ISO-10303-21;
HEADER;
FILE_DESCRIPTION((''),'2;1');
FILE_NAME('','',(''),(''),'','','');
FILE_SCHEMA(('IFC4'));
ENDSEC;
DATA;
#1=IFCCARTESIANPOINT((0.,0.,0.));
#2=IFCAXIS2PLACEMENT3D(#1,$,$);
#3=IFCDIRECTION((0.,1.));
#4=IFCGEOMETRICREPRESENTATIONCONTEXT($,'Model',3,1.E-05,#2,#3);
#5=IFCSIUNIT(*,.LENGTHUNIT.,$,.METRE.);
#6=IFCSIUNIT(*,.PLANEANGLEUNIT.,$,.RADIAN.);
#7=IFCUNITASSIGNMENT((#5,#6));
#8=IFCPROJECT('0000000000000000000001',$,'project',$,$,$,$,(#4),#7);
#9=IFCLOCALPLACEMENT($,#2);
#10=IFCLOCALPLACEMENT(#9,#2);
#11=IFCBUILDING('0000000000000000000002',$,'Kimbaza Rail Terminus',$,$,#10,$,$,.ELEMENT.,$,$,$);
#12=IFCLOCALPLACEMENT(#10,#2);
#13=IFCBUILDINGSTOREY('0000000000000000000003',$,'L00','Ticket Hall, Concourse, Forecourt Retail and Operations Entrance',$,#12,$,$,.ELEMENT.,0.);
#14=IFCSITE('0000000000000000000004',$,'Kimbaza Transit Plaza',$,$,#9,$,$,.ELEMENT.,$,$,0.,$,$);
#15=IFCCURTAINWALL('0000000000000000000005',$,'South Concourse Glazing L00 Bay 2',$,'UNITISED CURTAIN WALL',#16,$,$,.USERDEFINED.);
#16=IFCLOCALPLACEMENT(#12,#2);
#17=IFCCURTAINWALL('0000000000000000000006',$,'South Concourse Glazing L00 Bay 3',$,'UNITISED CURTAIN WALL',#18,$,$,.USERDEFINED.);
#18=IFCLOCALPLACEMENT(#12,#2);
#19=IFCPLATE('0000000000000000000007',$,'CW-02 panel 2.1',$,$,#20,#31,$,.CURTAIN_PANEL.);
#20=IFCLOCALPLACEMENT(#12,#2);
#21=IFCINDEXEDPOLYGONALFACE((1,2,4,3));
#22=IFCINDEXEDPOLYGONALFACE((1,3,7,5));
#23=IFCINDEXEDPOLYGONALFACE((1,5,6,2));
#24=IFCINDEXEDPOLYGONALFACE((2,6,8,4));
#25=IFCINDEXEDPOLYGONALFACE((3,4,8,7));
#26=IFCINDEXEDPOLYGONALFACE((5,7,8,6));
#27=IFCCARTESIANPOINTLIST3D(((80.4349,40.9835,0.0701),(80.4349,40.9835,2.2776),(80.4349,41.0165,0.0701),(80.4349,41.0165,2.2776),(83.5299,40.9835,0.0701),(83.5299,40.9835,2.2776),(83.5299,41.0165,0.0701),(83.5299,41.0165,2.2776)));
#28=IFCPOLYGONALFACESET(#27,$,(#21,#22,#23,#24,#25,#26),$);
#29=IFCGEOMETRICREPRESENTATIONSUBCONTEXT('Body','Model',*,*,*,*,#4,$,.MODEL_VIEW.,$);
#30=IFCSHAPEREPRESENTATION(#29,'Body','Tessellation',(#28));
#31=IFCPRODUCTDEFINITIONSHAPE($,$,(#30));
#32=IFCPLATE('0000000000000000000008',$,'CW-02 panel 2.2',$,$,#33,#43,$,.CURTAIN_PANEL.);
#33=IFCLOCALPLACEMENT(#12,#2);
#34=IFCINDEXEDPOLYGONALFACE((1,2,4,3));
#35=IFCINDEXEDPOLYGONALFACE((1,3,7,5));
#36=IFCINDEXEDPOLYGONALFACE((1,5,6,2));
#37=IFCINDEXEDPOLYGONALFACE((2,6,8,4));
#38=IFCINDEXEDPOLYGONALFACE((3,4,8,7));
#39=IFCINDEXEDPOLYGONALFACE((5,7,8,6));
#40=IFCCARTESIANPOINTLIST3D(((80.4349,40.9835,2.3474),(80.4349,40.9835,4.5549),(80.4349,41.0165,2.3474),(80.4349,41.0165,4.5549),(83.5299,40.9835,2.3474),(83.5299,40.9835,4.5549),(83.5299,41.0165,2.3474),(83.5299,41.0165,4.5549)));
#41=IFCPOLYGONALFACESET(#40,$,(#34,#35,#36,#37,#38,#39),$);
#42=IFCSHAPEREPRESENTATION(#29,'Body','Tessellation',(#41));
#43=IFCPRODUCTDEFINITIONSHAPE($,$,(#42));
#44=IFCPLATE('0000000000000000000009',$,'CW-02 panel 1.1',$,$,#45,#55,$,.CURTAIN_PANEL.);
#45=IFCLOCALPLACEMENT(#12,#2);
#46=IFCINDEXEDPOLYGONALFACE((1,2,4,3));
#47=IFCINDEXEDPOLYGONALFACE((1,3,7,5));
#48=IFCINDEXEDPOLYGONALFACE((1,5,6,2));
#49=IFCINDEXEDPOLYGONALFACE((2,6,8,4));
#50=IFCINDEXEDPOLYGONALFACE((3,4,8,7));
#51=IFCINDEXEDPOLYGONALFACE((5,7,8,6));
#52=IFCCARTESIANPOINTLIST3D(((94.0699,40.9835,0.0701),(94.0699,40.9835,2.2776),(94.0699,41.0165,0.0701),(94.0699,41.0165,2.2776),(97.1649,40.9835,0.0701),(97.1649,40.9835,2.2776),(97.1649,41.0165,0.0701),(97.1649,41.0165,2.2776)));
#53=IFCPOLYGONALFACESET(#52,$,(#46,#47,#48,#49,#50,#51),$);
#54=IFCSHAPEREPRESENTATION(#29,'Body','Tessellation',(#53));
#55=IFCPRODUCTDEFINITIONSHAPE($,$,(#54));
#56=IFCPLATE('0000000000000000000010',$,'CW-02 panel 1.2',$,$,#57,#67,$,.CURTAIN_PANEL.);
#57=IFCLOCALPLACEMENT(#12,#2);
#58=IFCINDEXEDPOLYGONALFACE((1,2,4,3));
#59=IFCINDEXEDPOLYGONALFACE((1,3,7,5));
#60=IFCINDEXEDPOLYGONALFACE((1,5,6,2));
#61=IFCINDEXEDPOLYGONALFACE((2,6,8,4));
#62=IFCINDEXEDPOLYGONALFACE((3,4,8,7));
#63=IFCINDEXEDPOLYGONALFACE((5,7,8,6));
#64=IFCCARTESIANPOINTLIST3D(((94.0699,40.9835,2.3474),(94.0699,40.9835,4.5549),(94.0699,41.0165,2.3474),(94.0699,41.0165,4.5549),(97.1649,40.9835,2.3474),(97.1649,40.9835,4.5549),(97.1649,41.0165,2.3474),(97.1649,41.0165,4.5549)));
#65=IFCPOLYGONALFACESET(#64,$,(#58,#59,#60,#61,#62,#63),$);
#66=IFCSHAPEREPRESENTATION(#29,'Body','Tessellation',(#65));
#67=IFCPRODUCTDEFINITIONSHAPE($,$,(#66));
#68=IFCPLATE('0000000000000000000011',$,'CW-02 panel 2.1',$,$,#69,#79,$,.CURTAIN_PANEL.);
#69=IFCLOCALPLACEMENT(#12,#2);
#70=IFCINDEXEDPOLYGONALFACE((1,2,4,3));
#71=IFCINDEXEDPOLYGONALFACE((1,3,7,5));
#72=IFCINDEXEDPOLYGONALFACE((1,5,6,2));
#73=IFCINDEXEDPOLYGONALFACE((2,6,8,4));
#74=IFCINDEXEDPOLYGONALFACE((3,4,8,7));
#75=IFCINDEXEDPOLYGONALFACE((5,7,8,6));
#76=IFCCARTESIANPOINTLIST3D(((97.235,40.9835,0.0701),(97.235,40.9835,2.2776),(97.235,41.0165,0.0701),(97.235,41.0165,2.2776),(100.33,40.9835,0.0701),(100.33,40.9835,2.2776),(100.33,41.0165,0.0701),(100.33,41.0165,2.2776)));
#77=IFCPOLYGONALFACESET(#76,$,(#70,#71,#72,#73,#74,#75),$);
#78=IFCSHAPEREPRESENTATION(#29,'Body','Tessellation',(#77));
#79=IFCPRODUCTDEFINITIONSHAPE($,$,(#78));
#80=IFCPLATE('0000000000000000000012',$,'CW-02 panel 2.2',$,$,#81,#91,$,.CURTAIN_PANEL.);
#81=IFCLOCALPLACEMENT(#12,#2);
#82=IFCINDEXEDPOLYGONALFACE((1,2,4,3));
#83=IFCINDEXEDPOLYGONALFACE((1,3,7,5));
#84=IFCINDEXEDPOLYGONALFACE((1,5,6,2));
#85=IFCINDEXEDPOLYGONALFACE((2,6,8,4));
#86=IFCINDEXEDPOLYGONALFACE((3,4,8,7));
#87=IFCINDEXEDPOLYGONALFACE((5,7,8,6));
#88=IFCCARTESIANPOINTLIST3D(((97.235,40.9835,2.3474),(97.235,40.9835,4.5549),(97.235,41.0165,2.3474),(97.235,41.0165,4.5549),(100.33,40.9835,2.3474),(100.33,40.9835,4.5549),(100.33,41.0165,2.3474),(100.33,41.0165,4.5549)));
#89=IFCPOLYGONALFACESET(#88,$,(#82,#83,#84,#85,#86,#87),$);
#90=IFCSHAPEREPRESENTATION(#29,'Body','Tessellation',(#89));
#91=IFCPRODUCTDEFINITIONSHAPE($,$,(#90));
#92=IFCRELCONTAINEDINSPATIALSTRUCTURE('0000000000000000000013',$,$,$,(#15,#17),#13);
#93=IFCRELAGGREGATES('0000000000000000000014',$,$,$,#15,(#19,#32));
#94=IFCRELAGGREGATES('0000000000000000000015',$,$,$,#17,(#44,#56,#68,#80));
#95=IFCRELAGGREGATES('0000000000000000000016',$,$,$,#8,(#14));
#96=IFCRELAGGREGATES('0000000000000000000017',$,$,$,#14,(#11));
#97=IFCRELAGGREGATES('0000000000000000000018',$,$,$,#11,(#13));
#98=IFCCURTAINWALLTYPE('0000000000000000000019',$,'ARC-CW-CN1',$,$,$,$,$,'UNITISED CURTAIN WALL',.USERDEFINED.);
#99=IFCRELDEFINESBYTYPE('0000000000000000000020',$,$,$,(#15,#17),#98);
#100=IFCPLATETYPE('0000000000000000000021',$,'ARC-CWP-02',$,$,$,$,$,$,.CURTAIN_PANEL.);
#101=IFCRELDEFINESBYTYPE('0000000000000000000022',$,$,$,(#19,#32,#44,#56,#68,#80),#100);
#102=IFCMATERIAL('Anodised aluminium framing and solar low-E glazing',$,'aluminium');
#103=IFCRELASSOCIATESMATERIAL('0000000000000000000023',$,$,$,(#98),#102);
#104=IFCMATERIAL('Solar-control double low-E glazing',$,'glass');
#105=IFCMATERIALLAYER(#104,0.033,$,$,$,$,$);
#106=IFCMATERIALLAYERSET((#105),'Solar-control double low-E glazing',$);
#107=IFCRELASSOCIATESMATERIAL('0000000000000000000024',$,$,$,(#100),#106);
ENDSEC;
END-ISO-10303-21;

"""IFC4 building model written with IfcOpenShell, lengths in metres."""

from ifc_helpers import new_model, si_unit, direction, frame, origin, origin_2d, place, context, subcontext, project, spatial, rectangle, extrude, material, layer, layer_set, type_object, element, aggregate, save


model = new_model("IFC4")

# Units and contexts
model_context = context("Model", 3, precision=1e-05, world=origin(), true_north=direction((0.0, 1.0)))
body_context = subcontext(model_context, "Body", "Model", "MODEL_VIEW")
ifc_project = project(units=[si_unit("LENGTHUNIT", "METRE"), si_unit("PLANEANGLEUNIT", "RADIAN")], contexts=[model_context])

# Site, building, storey
site_placement = place(None, origin())
site = spatial("IfcSite", under=ifc_project, at=site_placement, Name="Kimbaza Transit Plaza", CompositionType="ELEMENT", RefElevation=0.0)
building_placement = place(site_placement, origin())
building = spatial("IfcBuilding", under=site, at=building_placement, Name="Kimbaza Rail Terminus", CompositionType="ELEMENT")
storey_placement = place(building_placement, origin())
storey = spatial("IfcBuildingStorey", under=building, at=storey_placement, Name="L00", Description="Ticket Hall, Concourse, Forecourt Retail and Operations Entrance", CompositionType="ELEMENT", Elevation=0.0)

# Curtain wall
ifc_material_1 = material(Name="Anodised aluminium framing and solar low-E glazing", Category="aluminium")
curtain_wall_type = type_object("IfcCurtainWallType", Name="ARC-CW-CN1", ElementType="UNITISED CURTAIN WALL", PredefinedType="USERDEFINED", material=ifc_material_1)
curtain_wall_1_placement = place(storey_placement, origin())
curtain_wall_1 = element("IfcCurtainWall", 1, at=curtain_wall_1_placement, inside=storey, type_object=curtain_wall_type, Name="South Concourse Glazing L00 Bay 2", ObjectType="UNITISED CURTAIN WALL", PredefinedType="USERDEFINED")

# Curtain wall
curtain_wall_2_placement = place(storey_placement, origin())
curtain_wall_2 = element("IfcCurtainWall", 2, at=curtain_wall_2_placement, inside=storey, type_object=curtain_wall_type, Name="South Concourse Glazing L00 Bay 3", ObjectType="UNITISED CURTAIN WALL", PredefinedType="USERDEFINED")

# Plates
ifc_material_2 = material(Name="Solar-control double low-E glazing", Category="glass")
ifc_layer_1 = layer(ifc_material_2, 0.033)
ifc_layer_set_1 = layer_set([ifc_layer_1], Name="Solar-control double low-E glazing")
plate_type = type_object("IfcPlateType", Name="ARC-CWP-02", PredefinedType="CURTAIN_PANEL", material=ifc_layer_set_1)
plate_1_placement = place(storey_placement, frame((81.9824, 41.0, 0.0701), z_axis=(0.0, 0.0, 1.0), x_axis=(1.0, 0.0, 0.0)))
plate_1 = element("IfcPlate", 3, at=plate_1_placement, type_object=plate_type, Name="CW-02 panel 2.1", PredefinedType="CURTAIN_PANEL", context=body_context, shape_type="SweptSolid", body=[
    extrude(rectangle(XDim=3.095, YDim=0.033, at=origin_2d()), origin(), (0.0, 0.0, 1.0), 2.2075),
])
plate_2_placement = place(storey_placement, frame((81.9824, 41.0, 2.3474), z_axis=(0.0, 0.0, 1.0), x_axis=(1.0, 0.0, 0.0)))
plate_2 = element("IfcPlate", 4, at=plate_2_placement, type_object=plate_type, Name="CW-02 panel 2.2", PredefinedType="CURTAIN_PANEL", context=body_context, shape_type="SweptSolid", body=[
    extrude(rectangle(XDim=3.095, YDim=0.033, at=origin_2d()), origin(), (0.0, 0.0, 1.0), 2.2075),
])
aggregate(curtain_wall_1, [plate_1, plate_2])
plate_3_placement = place(storey_placement, frame((95.6174, 41.0, 0.0701), z_axis=(0.0, 0.0, 1.0), x_axis=(1.0, 0.0, 0.0)))
plate_3 = element("IfcPlate", 5, at=plate_3_placement, type_object=plate_type, Name="CW-02 panel 1.1", PredefinedType="CURTAIN_PANEL", context=body_context, shape_type="SweptSolid", body=[
    extrude(rectangle(XDim=3.095, YDim=0.033, at=origin_2d()), origin(), (0.0, 0.0, 1.0), 2.2075),
])
plate_4_placement = place(storey_placement, frame((95.6174, 41.0, 2.3474), z_axis=(0.0, 0.0, 1.0), x_axis=(1.0, 0.0, 0.0)))
plate_4 = element("IfcPlate", 6, at=plate_4_placement, type_object=plate_type, Name="CW-02 panel 1.2", PredefinedType="CURTAIN_PANEL", context=body_context, shape_type="SweptSolid", body=[
    extrude(rectangle(XDim=3.095, YDim=0.033, at=origin_2d()), origin(), (0.0, 0.0, 1.0), 2.2075),
])
plate_5_placement = place(storey_placement, frame((98.7825, 41.0, 0.0701), z_axis=(0.0, 0.0, 1.0), x_axis=(1.0, 0.0, 0.0)))
plate_5 = element("IfcPlate", 7, at=plate_5_placement, type_object=plate_type, Name="CW-02 panel 2.1", PredefinedType="CURTAIN_PANEL", context=body_context, shape_type="SweptSolid", body=[
    extrude(rectangle(XDim=3.095, YDim=0.033, at=origin_2d()), origin(), (0.0, 0.0, 1.0), 2.2075),
])
plate_6_placement = place(storey_placement, frame((98.7825, 41.0, 2.3474), z_axis=(0.0, 0.0, 1.0), x_axis=(1.0, 0.0, 0.0)))
plate_6 = element("IfcPlate", 8, at=plate_6_placement, type_object=plate_type, Name="CW-02 panel 2.2", PredefinedType="CURTAIN_PANEL", context=body_context, shape_type="SweptSolid", body=[
    extrude(rectangle(XDim=3.095, YDim=0.033, at=origin_2d()), origin(), (0.0, 0.0, 1.0), 2.2075),
])
aggregate(curtain_wall_2, [plate_3, plate_4, plate_5, plate_6])

save(model, "model.ifc")
